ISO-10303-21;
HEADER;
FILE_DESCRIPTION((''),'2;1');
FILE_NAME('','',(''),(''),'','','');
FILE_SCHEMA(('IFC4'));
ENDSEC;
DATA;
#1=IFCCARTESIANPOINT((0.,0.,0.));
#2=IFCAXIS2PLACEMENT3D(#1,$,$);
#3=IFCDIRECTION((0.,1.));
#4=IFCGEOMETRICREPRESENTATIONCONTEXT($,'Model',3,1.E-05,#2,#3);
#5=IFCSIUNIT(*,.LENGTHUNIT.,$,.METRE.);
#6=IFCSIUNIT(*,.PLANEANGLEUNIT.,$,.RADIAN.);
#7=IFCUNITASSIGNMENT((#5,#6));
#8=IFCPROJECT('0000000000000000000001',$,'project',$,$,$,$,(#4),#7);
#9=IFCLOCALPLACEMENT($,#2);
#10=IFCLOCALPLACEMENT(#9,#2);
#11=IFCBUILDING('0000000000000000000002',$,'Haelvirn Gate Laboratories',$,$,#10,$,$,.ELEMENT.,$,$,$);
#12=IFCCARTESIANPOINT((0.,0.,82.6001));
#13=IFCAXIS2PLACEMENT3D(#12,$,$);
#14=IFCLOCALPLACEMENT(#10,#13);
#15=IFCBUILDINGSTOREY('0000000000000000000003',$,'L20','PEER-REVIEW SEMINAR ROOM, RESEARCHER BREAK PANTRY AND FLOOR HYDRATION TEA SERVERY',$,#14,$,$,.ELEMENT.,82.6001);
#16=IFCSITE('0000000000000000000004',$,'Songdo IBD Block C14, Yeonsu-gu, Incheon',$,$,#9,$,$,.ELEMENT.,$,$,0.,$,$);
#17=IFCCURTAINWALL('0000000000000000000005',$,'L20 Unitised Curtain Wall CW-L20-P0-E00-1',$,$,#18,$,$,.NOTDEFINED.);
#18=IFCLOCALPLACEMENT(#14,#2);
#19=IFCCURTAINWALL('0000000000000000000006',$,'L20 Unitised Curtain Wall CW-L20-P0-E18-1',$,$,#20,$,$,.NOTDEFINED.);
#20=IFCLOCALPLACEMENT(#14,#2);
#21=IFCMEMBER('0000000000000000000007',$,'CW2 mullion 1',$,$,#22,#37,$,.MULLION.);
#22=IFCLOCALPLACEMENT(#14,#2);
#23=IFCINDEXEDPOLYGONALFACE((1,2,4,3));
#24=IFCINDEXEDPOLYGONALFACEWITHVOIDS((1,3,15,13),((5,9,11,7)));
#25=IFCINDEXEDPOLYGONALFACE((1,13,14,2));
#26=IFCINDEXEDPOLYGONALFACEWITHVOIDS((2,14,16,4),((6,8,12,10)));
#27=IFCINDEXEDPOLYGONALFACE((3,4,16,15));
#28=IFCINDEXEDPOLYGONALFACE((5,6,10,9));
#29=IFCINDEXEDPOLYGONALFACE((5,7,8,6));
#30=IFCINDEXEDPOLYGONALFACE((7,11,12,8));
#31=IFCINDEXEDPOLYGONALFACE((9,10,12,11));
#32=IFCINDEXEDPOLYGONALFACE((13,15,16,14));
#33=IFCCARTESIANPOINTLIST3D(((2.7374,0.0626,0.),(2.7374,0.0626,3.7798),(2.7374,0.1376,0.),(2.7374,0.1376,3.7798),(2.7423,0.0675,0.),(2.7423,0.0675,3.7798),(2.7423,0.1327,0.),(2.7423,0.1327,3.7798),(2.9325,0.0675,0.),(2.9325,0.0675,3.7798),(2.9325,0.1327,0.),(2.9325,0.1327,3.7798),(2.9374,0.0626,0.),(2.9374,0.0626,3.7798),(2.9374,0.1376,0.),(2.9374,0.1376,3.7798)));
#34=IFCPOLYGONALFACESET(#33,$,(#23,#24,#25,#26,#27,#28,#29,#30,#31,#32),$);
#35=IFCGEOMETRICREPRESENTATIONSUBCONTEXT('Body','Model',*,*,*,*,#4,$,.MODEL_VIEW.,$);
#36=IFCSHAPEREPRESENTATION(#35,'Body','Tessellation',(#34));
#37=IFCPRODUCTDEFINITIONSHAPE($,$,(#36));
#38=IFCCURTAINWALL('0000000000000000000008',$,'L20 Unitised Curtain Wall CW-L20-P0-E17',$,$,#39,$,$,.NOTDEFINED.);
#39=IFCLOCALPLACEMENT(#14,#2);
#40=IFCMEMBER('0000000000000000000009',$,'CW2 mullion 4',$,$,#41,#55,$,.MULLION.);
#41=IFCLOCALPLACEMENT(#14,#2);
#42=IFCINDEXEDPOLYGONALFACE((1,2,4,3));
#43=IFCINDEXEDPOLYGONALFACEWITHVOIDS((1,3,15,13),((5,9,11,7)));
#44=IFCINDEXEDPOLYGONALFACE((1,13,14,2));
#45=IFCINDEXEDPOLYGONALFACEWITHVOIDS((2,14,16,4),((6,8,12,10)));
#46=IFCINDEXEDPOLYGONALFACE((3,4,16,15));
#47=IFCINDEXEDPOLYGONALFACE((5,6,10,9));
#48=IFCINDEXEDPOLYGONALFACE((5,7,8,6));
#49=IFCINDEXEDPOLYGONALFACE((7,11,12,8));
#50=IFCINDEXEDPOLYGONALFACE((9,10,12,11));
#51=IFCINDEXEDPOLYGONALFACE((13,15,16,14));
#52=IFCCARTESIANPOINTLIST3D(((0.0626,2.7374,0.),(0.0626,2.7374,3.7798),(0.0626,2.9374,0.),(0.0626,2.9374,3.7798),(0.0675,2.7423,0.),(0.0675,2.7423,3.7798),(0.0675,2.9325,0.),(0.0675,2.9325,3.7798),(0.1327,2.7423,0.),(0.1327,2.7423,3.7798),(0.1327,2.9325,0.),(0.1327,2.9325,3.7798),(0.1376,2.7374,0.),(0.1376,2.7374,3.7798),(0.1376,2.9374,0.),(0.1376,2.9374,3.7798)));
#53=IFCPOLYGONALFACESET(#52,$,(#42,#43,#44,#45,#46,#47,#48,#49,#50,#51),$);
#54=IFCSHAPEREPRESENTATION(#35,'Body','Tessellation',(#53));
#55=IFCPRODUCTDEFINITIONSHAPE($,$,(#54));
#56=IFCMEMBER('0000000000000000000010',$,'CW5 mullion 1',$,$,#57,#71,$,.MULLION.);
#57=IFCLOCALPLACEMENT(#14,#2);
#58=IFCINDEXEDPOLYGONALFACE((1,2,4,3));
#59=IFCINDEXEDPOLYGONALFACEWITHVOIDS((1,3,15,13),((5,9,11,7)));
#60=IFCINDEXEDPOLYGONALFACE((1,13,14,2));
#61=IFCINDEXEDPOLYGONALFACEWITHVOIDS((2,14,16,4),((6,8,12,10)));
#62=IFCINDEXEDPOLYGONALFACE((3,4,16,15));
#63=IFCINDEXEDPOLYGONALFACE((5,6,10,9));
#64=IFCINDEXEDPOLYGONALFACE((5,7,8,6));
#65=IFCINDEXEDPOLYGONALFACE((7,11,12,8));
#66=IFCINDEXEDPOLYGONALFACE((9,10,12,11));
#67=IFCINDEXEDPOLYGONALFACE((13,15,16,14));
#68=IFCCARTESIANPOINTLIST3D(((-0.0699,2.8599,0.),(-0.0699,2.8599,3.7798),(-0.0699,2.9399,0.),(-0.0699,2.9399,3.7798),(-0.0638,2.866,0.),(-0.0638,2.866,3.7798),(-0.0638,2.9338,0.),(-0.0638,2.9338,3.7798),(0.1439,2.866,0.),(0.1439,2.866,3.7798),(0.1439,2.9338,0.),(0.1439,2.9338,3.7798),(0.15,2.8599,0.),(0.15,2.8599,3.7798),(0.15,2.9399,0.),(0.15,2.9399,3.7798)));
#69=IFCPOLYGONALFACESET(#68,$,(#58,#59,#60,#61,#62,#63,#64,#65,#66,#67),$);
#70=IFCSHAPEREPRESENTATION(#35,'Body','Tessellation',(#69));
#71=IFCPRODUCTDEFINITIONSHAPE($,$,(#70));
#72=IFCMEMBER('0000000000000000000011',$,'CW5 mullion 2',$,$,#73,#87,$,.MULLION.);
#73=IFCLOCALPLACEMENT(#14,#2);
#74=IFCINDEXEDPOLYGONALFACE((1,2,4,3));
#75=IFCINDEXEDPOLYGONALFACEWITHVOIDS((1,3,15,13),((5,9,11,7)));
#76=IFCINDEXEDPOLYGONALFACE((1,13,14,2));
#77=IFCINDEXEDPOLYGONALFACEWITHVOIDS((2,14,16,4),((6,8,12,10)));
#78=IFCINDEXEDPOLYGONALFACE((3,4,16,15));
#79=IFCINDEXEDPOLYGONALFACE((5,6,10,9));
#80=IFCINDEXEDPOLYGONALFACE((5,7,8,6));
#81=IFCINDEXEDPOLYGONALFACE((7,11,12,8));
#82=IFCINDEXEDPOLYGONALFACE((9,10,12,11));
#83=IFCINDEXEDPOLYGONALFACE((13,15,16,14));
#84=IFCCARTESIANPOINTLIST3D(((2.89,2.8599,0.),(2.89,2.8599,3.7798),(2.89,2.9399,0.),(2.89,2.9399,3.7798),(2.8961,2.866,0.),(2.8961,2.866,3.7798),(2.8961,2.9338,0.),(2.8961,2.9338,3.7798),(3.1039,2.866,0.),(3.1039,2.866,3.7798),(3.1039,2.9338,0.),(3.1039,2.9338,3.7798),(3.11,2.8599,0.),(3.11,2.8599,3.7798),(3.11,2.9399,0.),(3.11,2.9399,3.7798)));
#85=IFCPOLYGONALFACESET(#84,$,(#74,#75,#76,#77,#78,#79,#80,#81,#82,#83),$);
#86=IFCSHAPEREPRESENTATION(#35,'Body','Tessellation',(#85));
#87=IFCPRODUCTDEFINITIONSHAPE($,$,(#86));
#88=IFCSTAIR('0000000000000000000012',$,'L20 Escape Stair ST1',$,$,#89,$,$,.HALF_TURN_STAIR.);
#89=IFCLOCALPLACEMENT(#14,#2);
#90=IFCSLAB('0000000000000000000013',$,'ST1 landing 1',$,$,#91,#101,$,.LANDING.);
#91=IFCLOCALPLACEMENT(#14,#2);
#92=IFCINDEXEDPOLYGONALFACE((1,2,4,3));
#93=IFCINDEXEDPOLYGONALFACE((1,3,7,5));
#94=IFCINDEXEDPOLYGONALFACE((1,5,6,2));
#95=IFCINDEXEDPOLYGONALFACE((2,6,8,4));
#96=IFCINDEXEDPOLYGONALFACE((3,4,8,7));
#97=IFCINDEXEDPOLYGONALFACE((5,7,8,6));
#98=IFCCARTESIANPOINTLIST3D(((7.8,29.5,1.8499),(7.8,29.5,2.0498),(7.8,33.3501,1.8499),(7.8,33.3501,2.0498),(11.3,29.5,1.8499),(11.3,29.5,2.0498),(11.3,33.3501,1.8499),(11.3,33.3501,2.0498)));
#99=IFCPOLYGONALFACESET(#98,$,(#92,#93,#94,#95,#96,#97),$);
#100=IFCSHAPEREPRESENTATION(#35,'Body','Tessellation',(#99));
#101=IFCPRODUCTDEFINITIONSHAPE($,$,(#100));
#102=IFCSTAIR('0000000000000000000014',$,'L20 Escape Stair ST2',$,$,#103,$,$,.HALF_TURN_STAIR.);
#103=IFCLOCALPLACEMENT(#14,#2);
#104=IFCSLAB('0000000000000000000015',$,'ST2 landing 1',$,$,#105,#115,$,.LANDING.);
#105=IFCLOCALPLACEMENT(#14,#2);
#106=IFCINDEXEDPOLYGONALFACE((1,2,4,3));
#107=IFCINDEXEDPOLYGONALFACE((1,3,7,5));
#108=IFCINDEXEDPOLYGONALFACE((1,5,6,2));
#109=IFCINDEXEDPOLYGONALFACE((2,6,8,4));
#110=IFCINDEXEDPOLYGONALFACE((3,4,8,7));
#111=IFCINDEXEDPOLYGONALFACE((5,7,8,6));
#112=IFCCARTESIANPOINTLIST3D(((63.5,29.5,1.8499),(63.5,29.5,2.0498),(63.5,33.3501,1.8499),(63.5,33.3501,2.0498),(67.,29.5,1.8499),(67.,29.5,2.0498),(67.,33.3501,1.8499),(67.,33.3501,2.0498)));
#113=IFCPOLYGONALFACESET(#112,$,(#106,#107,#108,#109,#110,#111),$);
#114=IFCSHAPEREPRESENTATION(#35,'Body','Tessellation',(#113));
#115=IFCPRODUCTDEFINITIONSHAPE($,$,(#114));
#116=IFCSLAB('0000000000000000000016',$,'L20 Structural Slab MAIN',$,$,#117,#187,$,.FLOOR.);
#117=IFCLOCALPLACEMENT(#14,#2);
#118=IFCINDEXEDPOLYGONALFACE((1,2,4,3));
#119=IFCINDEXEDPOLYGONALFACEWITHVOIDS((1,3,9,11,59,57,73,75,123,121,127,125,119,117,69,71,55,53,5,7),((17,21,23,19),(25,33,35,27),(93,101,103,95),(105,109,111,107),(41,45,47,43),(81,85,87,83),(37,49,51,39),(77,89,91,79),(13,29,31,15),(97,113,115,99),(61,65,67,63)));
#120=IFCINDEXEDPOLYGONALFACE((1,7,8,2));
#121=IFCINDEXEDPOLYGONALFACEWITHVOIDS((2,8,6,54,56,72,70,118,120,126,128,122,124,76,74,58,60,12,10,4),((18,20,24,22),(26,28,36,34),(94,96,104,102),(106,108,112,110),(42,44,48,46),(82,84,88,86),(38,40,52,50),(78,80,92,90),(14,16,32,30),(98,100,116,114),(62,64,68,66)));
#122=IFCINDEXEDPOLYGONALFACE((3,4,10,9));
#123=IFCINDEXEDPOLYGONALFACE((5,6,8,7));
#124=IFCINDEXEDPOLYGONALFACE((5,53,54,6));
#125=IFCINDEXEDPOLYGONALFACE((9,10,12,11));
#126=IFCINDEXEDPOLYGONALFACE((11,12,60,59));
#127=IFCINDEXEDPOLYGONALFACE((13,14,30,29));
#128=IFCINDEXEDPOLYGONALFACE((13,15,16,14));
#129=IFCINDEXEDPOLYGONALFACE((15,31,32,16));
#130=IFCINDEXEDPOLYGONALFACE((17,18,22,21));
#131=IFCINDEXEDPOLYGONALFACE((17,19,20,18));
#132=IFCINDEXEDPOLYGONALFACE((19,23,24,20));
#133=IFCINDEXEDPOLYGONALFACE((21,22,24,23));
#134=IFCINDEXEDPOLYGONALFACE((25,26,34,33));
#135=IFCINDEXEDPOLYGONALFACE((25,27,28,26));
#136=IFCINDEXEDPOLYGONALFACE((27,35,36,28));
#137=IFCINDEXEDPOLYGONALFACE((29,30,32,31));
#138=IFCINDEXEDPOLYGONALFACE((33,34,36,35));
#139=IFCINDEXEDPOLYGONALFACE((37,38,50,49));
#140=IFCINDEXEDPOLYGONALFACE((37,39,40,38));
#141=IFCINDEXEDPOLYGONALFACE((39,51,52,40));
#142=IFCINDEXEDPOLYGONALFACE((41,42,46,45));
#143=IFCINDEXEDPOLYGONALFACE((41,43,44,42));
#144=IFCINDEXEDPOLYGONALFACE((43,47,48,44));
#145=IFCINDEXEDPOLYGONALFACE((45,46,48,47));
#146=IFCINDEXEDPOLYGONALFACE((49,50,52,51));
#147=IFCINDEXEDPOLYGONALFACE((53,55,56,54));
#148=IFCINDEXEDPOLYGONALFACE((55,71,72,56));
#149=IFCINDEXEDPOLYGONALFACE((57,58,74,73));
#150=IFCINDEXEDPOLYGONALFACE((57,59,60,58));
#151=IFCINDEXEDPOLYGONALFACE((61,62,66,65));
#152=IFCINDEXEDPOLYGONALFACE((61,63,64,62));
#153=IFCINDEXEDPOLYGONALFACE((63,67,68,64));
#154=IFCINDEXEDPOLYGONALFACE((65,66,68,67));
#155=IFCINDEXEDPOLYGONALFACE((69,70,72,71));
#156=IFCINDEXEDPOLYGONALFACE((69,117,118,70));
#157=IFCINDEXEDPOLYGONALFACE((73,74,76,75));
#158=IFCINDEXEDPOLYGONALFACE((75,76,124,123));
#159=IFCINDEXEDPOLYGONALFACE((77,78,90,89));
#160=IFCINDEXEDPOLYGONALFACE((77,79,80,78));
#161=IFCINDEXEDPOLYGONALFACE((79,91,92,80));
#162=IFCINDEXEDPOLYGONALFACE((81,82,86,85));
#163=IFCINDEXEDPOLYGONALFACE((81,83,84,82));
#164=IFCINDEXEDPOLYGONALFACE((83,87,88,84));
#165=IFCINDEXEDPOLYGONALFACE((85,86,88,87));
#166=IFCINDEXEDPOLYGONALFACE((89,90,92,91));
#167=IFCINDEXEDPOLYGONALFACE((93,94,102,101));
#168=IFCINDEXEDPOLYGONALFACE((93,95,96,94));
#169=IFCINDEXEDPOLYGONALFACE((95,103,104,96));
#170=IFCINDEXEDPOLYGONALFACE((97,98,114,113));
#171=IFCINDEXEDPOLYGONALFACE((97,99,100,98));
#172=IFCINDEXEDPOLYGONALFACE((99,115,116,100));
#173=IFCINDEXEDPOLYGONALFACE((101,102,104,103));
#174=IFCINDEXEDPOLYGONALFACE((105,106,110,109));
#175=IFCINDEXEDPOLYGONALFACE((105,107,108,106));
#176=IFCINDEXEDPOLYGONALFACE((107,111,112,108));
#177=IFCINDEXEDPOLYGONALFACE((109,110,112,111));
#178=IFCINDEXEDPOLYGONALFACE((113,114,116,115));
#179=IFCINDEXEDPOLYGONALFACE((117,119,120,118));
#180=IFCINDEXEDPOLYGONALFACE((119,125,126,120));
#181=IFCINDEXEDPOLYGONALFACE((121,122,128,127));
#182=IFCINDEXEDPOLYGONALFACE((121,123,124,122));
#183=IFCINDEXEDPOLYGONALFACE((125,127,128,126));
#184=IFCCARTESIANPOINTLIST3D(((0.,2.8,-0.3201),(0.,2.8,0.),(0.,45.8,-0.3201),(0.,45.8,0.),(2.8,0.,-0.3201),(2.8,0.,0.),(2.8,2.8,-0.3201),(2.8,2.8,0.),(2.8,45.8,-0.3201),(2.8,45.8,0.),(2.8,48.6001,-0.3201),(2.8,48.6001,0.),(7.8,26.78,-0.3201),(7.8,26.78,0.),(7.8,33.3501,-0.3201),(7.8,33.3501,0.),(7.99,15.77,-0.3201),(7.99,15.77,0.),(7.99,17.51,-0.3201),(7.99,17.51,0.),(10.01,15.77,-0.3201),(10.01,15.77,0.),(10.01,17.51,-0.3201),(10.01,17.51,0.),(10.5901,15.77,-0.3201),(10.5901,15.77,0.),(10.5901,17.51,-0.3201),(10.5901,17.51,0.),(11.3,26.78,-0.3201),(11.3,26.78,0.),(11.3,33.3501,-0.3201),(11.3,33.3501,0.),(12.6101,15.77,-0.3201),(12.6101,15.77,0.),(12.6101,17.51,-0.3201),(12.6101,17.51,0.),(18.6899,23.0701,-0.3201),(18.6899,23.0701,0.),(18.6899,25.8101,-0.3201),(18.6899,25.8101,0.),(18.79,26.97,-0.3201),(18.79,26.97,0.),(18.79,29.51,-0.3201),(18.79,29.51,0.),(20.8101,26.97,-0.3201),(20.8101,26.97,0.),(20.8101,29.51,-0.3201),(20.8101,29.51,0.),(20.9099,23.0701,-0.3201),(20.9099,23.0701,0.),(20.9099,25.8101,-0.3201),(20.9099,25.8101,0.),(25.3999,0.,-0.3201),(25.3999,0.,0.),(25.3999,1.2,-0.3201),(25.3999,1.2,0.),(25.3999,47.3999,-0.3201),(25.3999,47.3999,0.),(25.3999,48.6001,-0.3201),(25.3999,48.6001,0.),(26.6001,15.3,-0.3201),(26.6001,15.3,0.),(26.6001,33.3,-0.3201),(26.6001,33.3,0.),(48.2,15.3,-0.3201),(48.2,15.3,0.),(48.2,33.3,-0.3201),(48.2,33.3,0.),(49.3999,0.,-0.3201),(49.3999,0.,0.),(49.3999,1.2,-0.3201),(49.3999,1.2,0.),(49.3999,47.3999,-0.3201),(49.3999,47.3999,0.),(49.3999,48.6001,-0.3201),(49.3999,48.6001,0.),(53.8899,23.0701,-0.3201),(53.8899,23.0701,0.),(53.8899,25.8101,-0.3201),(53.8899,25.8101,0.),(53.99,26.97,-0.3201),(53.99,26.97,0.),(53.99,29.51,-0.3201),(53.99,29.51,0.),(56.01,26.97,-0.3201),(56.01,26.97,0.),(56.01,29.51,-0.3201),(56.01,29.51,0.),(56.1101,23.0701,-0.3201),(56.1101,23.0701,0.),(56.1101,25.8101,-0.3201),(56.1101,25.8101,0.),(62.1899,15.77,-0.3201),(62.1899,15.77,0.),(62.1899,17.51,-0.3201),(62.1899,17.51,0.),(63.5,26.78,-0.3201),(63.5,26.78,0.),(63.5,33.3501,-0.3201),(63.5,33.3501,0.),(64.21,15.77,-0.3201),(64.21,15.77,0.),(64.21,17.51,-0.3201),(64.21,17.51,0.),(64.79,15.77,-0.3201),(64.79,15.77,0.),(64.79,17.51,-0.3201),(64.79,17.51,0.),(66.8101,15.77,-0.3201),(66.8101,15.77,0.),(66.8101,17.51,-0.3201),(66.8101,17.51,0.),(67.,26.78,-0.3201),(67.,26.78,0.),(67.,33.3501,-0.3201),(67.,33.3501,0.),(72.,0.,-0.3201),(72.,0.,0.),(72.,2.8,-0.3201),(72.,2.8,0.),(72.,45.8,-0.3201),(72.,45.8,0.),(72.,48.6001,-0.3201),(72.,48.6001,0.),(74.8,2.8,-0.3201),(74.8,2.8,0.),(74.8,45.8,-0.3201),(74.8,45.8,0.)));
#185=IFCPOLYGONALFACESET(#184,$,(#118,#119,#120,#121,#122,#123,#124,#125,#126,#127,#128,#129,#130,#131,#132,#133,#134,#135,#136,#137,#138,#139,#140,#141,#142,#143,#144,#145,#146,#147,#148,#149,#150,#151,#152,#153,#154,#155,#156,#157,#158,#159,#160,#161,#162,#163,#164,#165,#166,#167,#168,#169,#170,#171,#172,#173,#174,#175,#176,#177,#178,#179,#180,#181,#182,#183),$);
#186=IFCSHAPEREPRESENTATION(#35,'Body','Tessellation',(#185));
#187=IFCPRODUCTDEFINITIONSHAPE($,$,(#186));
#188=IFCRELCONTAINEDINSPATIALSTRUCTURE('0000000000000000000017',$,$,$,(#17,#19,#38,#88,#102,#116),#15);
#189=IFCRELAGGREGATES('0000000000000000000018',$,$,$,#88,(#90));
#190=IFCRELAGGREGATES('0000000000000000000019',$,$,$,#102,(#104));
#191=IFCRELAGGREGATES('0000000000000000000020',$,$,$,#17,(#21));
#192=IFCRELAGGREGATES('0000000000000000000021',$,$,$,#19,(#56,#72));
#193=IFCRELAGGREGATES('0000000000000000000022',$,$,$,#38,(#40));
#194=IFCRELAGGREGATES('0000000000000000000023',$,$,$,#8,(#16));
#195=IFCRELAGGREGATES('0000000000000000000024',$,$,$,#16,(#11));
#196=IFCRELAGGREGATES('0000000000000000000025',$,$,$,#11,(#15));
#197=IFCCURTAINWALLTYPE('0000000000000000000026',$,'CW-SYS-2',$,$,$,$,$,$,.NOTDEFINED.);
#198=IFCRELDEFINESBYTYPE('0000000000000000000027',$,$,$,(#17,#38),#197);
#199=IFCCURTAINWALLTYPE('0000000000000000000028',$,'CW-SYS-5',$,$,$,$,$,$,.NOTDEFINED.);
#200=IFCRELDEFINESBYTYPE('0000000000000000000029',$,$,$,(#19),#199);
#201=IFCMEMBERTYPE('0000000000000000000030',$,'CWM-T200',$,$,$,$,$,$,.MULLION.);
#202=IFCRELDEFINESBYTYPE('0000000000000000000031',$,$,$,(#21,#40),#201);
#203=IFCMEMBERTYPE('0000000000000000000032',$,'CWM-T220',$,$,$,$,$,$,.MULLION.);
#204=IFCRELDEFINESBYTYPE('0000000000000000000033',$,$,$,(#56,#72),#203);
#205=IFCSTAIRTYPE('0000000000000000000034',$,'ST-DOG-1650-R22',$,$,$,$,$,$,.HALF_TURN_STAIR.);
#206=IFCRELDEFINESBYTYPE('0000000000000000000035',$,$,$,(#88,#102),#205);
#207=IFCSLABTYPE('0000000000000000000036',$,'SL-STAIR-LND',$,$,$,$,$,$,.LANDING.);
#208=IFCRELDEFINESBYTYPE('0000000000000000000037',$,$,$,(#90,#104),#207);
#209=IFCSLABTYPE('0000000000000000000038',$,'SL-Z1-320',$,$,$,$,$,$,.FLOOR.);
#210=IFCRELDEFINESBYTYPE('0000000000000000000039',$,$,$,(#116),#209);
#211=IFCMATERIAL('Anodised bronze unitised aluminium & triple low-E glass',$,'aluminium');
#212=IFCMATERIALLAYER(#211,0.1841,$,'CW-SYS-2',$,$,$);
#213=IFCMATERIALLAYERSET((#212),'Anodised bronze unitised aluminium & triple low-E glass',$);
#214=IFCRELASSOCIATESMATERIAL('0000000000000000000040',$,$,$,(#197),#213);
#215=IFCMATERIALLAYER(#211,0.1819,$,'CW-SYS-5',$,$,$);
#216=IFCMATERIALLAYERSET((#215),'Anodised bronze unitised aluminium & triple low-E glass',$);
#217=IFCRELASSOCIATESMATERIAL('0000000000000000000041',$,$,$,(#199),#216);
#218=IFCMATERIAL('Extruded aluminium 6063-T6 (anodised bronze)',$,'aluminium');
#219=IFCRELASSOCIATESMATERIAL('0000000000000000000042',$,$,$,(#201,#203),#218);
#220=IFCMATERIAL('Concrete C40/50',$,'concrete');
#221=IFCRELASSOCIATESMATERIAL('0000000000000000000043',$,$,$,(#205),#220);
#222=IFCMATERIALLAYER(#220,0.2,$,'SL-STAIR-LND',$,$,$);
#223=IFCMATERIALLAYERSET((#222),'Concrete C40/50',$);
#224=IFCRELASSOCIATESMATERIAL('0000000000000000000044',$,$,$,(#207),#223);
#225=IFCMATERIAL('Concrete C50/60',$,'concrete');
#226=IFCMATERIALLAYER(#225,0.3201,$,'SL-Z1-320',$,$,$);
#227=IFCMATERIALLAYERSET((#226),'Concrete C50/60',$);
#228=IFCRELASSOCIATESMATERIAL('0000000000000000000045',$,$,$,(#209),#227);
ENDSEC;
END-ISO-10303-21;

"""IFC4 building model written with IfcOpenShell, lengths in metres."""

from ifc_helpers import new_model, si_unit, direction, frame, origin, origin_2d, place, context, subcontext, project, spatial, polyline, hollow_rectangle, outline, extrude, source, transform, mapped, material, layer, layer_set, material_profile, profile_set, type_object, type_shapes, element, aggregate, save


model = new_model("IFC4")

# Units and contexts
model_context = context("Model", 3, precision=1e-05, world=origin(), true_north=direction((0.0, 1.0)))
body_context = subcontext(model_context, "Body", "Model", "MODEL_VIEW")
ifc_project = project(units=[si_unit("LENGTHUNIT", "METRE"), si_unit("PLANEANGLEUNIT", "RADIAN")], contexts=[model_context])

# Site, building, storey
site_placement = place(None, origin())
site = spatial("IfcSite", under=ifc_project, at=site_placement, Name="Songdo IBD Block C14, Yeonsu-gu, Incheon", CompositionType="ELEMENT", RefElevation=0.0)
building_placement = place(site_placement, origin())
building = spatial("IfcBuilding", under=site, at=building_placement, Name="Haelvirn Gate Laboratories", CompositionType="ELEMENT")
storey_placement = place(building_placement, frame((0.0, 0.0, 82.6001)))
storey = spatial("IfcBuildingStorey", under=building, at=storey_placement, Name="L20", Description="PEER-REVIEW SEMINAR ROOM, RESEARCHER BREAK PANTRY AND FLOOR HYDRATION TEA SERVERY", CompositionType="ELEMENT", Elevation=82.6001)

# Curtain walls
ifc_material_1 = material(Name="Anodised bronze unitised aluminium & triple low-E glass", Category="aluminium")
ifc_layer_1 = layer(ifc_material_1, 0.1841, Name="CW-SYS-2")
ifc_layer_set_1 = layer_set([ifc_layer_1], Name="Anodised bronze unitised aluminium & triple low-E glass")
curtain_wall_type_1 = type_object("IfcCurtainWallType", Name="CW-SYS-2", PredefinedType="NOTDEFINED", material=ifc_layer_set_1)
curtain_wall_1_placement = place(storey_placement, origin())
curtain_wall_1 = element("IfcCurtainWall", 1, at=curtain_wall_1_placement, inside=storey, type_object=curtain_wall_type_1, Name="L20 Unitised Curtain Wall CW-L20-P0-E00-1", PredefinedType="NOTDEFINED")
ifc_material_2 = material(Name="Extruded aluminium 6063-T6 (anodised bronze)", Category="aluminium")
ifc_layer_2 = layer(ifc_material_1, 0.1819, Name="CW-SYS-5")
ifc_layer_set_2 = layer_set([ifc_layer_2], Name="Anodised bronze unitised aluminium & triple low-E glass")
curtain_wall_type_2 = type_object("IfcCurtainWallType", Name="CW-SYS-5", PredefinedType="NOTDEFINED", material=ifc_layer_set_2)
curtain_wall_2_placement = place(storey_placement, origin())
curtain_wall_2 = element("IfcCurtainWall", 2, at=curtain_wall_2_placement, inside=storey, type_object=curtain_wall_type_2, Name="L20 Unitised Curtain Wall CW-L20-P0-E18-1", PredefinedType="NOTDEFINED")

# Member
ifc_material_profile_1 = material_profile(ifc_material_2, hollow_rectangle(XDim=0.075, YDim=0.2, WallThickness=0.0049, at=origin_2d()), Name="CWM-200x75x5")
ifc_profile_set_1 = profile_set([ifc_material_profile_1], Name="Extruded aluminium 6063-T6 (anodised bronze)")
member_type_1 = type_object("IfcMemberType", Name="CWM-T200", PredefinedType="MULLION", material=ifc_profile_set_1)
shared_shape_1 = source(origin(), body_context, "Body", "SweptSolid", [
    extrude(hollow_rectangle(XDim=0.075, YDim=0.2, WallThickness=0.0049, at=origin_2d()), origin(), (0.0, 0.0, 1.0), 3.7798),
])
type_shapes(member_type_1, [shared_shape_1])
member_1_placement = place(storey_placement, frame((2.8374, 0.1001, 0.0), z_axis=(0.0, 0.0, 1.0), x_axis=(0.0, 1.0, 0.0)))
member_1 = element("IfcMember", 3, at=member_1_placement, type_object=member_type_1, Name="CW2 mullion 1", PredefinedType="MULLION", context=body_context, shape_type="MappedRepresentation", body=[
    mapped(shared_shape_1, transform((0.0, 0.0, 0.0), scale=1.0)),
])

# Curtain wall, member
curtain_wall_3_placement = place(storey_placement, origin())
curtain_wall_3 = element("IfcCurtainWall", 4, at=curtain_wall_3_placement, inside=storey, type_object=curtain_wall_type_1, Name="L20 Unitised Curtain Wall CW-L20-P0-E17", PredefinedType="NOTDEFINED")
member_2_placement = place(storey_placement, frame((0.1001, 2.8374, 0.0), z_axis=(0.0, 0.0, 1.0), x_axis=(1.0, 0.0, 0.0)))
member_2 = element("IfcMember", 5, at=member_2_placement, type_object=member_type_1, Name="CW2 mullion 4", PredefinedType="MULLION", context=body_context, shape_type="MappedRepresentation", body=[
    mapped(shared_shape_1, transform((0.0, 0.0, 0.0), scale=1.0)),
])

# Members
ifc_material_profile_2 = material_profile(ifc_material_2, hollow_rectangle(XDim=0.0801, YDim=0.22, WallThickness=0.0061, at=origin_2d()), Name="CWM-220x80x6")
ifc_profile_set_2 = profile_set([ifc_material_profile_2], Name="Extruded aluminium 6063-T6 (anodised bronze)")
member_type_2 = type_object("IfcMemberType", Name="CWM-T220", PredefinedType="MULLION", material=ifc_profile_set_2)
shared_shape_2 = source(origin(), body_context, "Body", "SweptSolid", [
    extrude(hollow_rectangle(XDim=0.0801, YDim=0.22, WallThickness=0.0061, at=origin_2d()), origin(), (0.0, 0.0, 1.0), 3.7798),
])
type_shapes(member_type_2, [shared_shape_2])
member_3_placement = place(storey_placement, frame((0.04, 2.8999, 0.0), z_axis=(0.0, 0.0, 1.0), x_axis=(0.0, 1.0, 0.0)))
member_3 = element("IfcMember", 6, at=member_3_placement, type_object=member_type_2, Name="CW5 mullion 1", PredefinedType="MULLION", context=body_context, shape_type="MappedRepresentation", body=[
    mapped(shared_shape_2, transform((0.0, 0.0, 0.0), scale=1.0)),
])
member_4_placement = place(storey_placement, frame((3.0, 2.8999, 0.0), z_axis=(0.0, 0.0, 1.0), x_axis=(0.0, 1.0, 0.0)))
member_4 = element("IfcMember", 7, at=member_4_placement, type_object=member_type_2, Name="CW5 mullion 2", PredefinedType="MULLION", context=body_context, shape_type="MappedRepresentation", body=[
    mapped(shared_shape_2, transform((0.0, 0.0, 0.0), scale=1.0)),
])

# Stairs, slabs
ifc_material_3 = material(Name="Concrete C40/50", Category="concrete")
stair_type = type_object("IfcStairType", Name="ST-DOG-1650-R22", PredefinedType="HALF_TURN_STAIR", material=ifc_material_3)
stair_1_placement = place(storey_placement, origin())
stair_1 = element("IfcStair", 8, at=stair_1_placement, inside=storey, type_object=stair_type, Name="L20 Escape Stair ST1", PredefinedType="HALF_TURN_STAIR")
ifc_layer_3 = layer(ifc_material_3, 0.2, Name="SL-STAIR-LND")
ifc_layer_set_3 = layer_set([ifc_layer_3], Name="Concrete C40/50")
slab_type_1 = type_object("IfcSlabType", Name="SL-STAIR-LND", PredefinedType="LANDING", material=ifc_layer_set_3)
slab_1_placement = place(storey_placement, frame((0.0, 0.0, 1.8499)))
slab_1 = element("IfcSlab", 9, at=slab_1_placement, type_object=slab_type_1, Name="ST1 landing 1", PredefinedType="LANDING", context=body_context, shape_type="SweptSolid", body=[
    extrude(outline(polyline([(11.3, 29.5), (11.3, 33.3501), (7.8, 33.3501), (7.8, 29.5), (11.3, 29.5)])), origin(), (0.0, 0.0, 1.0), 0.2),
])
aggregate(stair_1, [slab_1])
stair_2_placement = place(storey_placement, origin())
stair_2 = element("IfcStair", 10, at=stair_2_placement, inside=storey, type_object=stair_type, Name="L20 Escape Stair ST2", PredefinedType="HALF_TURN_STAIR")
slab_2_placement = place(storey_placement, frame((0.0, 0.0, 1.8499)))
slab_2 = element("IfcSlab", 11, at=slab_2_placement, type_object=slab_type_1, Name="ST2 landing 1", PredefinedType="LANDING", context=body_context, shape_type="SweptSolid", body=[
    extrude(outline(polyline([(67.0, 29.5), (67.0, 33.3501), (63.5, 33.3501), (63.5, 29.5), (67.0, 29.5)])), origin(), (0.0, 0.0, 1.0), 0.2),
])
aggregate(stair_2, [slab_2])

# Slab
ifc_material_4 = material(Name="Concrete C50/60", Category="concrete")
ifc_layer_4 = layer(ifc_material_4, 0.3201, Name="SL-Z1-320")
ifc_layer_set_4 = layer_set([ifc_layer_4], Name="Concrete C50/60")
slab_type_2 = type_object("IfcSlabType", Name="SL-Z1-320", PredefinedType="FLOOR", material=ifc_layer_set_4)
slab_3_placement = place(storey_placement, frame((0.0, 0.0, -0.3201)))
element("IfcSlab", 12, at=slab_3_placement, inside=storey, type_object=slab_type_2, Name="L20 Structural Slab MAIN", PredefinedType="FLOOR", context=body_context, shape_type="SweptSolid", body=[
    extrude(outline(polyline([(2.8, 0.0), (25.3999, 0.0), (25.3999, 1.2), (49.3999, 1.2), (49.3999, 0.0), (72.0, 0.0), (72.0, 2.8), (74.8, 2.8), (74.8, 45.8), (72.0, 45.8), (72.0, 48.6001), (49.3999, 48.6001), (49.3999, 47.3999), (25.3999, 47.3999), (25.3999, 48.6001), (2.8, 48.6001), (2.8, 45.8), (0.0, 45.8), (0.0, 2.8), (2.8, 2.8), (2.8, 0.0)]), holes=[polyline([(26.6001, 15.3), (48.2, 15.3), (48.2, 33.3), (26.6001, 33.3), (26.6001, 15.3)]), polyline([(11.3, 26.78), (11.3, 33.3501), (7.8, 33.3501), (7.8, 26.78), (11.3, 26.78)]), polyline([(67.0, 26.78), (67.0, 33.3501), (63.5, 33.3501), (63.5, 26.78), (67.0, 26.78)]), polyline([(7.99, 15.77), (10.01, 15.77), (10.01, 17.51), (7.99, 17.51), (7.99, 15.77)]), polyline([(10.5901, 15.77), (12.6101, 15.77), (12.6101, 17.51), (10.5901, 17.51), (10.5901, 15.77)]), polyline([(18.79, 26.97), (20.8101, 26.97), (20.8101, 29.51), (18.79, 29.51), (18.79, 26.97)]), polyline([(18.6899, 23.0701), (20.9099, 23.0701), (20.9099, 25.8101), (18.6899, 25.8101), (18.6899, 23.0701)]), polyline([(64.79, 15.77), (66.8101, 15.77), (66.8101, 17.51), (64.79, 17.51), (64.79, 15.77)]), polyline([(62.1899, 15.77), (64.21, 15.77), (64.21, 17.51), (62.1899, 17.51), (62.1899, 15.77)]), polyline([(53.99, 26.97), (56.01, 26.97), (56.01, 29.51), (53.99, 29.51), (53.99, 26.97)]), polyline([(53.8899, 23.0701), (56.1101, 23.0701), (56.1101, 25.8101), (53.8899, 25.8101), (53.8899, 23.0701)])]), origin(), (0.0, 0.0, 1.0), 0.3201),
])

aggregate(curtain_wall_1, [member_1])
aggregate(curtain_wall_2, [member_3, member_4])
aggregate(curtain_wall_3, [member_2])

save(model, "model.ifc")
